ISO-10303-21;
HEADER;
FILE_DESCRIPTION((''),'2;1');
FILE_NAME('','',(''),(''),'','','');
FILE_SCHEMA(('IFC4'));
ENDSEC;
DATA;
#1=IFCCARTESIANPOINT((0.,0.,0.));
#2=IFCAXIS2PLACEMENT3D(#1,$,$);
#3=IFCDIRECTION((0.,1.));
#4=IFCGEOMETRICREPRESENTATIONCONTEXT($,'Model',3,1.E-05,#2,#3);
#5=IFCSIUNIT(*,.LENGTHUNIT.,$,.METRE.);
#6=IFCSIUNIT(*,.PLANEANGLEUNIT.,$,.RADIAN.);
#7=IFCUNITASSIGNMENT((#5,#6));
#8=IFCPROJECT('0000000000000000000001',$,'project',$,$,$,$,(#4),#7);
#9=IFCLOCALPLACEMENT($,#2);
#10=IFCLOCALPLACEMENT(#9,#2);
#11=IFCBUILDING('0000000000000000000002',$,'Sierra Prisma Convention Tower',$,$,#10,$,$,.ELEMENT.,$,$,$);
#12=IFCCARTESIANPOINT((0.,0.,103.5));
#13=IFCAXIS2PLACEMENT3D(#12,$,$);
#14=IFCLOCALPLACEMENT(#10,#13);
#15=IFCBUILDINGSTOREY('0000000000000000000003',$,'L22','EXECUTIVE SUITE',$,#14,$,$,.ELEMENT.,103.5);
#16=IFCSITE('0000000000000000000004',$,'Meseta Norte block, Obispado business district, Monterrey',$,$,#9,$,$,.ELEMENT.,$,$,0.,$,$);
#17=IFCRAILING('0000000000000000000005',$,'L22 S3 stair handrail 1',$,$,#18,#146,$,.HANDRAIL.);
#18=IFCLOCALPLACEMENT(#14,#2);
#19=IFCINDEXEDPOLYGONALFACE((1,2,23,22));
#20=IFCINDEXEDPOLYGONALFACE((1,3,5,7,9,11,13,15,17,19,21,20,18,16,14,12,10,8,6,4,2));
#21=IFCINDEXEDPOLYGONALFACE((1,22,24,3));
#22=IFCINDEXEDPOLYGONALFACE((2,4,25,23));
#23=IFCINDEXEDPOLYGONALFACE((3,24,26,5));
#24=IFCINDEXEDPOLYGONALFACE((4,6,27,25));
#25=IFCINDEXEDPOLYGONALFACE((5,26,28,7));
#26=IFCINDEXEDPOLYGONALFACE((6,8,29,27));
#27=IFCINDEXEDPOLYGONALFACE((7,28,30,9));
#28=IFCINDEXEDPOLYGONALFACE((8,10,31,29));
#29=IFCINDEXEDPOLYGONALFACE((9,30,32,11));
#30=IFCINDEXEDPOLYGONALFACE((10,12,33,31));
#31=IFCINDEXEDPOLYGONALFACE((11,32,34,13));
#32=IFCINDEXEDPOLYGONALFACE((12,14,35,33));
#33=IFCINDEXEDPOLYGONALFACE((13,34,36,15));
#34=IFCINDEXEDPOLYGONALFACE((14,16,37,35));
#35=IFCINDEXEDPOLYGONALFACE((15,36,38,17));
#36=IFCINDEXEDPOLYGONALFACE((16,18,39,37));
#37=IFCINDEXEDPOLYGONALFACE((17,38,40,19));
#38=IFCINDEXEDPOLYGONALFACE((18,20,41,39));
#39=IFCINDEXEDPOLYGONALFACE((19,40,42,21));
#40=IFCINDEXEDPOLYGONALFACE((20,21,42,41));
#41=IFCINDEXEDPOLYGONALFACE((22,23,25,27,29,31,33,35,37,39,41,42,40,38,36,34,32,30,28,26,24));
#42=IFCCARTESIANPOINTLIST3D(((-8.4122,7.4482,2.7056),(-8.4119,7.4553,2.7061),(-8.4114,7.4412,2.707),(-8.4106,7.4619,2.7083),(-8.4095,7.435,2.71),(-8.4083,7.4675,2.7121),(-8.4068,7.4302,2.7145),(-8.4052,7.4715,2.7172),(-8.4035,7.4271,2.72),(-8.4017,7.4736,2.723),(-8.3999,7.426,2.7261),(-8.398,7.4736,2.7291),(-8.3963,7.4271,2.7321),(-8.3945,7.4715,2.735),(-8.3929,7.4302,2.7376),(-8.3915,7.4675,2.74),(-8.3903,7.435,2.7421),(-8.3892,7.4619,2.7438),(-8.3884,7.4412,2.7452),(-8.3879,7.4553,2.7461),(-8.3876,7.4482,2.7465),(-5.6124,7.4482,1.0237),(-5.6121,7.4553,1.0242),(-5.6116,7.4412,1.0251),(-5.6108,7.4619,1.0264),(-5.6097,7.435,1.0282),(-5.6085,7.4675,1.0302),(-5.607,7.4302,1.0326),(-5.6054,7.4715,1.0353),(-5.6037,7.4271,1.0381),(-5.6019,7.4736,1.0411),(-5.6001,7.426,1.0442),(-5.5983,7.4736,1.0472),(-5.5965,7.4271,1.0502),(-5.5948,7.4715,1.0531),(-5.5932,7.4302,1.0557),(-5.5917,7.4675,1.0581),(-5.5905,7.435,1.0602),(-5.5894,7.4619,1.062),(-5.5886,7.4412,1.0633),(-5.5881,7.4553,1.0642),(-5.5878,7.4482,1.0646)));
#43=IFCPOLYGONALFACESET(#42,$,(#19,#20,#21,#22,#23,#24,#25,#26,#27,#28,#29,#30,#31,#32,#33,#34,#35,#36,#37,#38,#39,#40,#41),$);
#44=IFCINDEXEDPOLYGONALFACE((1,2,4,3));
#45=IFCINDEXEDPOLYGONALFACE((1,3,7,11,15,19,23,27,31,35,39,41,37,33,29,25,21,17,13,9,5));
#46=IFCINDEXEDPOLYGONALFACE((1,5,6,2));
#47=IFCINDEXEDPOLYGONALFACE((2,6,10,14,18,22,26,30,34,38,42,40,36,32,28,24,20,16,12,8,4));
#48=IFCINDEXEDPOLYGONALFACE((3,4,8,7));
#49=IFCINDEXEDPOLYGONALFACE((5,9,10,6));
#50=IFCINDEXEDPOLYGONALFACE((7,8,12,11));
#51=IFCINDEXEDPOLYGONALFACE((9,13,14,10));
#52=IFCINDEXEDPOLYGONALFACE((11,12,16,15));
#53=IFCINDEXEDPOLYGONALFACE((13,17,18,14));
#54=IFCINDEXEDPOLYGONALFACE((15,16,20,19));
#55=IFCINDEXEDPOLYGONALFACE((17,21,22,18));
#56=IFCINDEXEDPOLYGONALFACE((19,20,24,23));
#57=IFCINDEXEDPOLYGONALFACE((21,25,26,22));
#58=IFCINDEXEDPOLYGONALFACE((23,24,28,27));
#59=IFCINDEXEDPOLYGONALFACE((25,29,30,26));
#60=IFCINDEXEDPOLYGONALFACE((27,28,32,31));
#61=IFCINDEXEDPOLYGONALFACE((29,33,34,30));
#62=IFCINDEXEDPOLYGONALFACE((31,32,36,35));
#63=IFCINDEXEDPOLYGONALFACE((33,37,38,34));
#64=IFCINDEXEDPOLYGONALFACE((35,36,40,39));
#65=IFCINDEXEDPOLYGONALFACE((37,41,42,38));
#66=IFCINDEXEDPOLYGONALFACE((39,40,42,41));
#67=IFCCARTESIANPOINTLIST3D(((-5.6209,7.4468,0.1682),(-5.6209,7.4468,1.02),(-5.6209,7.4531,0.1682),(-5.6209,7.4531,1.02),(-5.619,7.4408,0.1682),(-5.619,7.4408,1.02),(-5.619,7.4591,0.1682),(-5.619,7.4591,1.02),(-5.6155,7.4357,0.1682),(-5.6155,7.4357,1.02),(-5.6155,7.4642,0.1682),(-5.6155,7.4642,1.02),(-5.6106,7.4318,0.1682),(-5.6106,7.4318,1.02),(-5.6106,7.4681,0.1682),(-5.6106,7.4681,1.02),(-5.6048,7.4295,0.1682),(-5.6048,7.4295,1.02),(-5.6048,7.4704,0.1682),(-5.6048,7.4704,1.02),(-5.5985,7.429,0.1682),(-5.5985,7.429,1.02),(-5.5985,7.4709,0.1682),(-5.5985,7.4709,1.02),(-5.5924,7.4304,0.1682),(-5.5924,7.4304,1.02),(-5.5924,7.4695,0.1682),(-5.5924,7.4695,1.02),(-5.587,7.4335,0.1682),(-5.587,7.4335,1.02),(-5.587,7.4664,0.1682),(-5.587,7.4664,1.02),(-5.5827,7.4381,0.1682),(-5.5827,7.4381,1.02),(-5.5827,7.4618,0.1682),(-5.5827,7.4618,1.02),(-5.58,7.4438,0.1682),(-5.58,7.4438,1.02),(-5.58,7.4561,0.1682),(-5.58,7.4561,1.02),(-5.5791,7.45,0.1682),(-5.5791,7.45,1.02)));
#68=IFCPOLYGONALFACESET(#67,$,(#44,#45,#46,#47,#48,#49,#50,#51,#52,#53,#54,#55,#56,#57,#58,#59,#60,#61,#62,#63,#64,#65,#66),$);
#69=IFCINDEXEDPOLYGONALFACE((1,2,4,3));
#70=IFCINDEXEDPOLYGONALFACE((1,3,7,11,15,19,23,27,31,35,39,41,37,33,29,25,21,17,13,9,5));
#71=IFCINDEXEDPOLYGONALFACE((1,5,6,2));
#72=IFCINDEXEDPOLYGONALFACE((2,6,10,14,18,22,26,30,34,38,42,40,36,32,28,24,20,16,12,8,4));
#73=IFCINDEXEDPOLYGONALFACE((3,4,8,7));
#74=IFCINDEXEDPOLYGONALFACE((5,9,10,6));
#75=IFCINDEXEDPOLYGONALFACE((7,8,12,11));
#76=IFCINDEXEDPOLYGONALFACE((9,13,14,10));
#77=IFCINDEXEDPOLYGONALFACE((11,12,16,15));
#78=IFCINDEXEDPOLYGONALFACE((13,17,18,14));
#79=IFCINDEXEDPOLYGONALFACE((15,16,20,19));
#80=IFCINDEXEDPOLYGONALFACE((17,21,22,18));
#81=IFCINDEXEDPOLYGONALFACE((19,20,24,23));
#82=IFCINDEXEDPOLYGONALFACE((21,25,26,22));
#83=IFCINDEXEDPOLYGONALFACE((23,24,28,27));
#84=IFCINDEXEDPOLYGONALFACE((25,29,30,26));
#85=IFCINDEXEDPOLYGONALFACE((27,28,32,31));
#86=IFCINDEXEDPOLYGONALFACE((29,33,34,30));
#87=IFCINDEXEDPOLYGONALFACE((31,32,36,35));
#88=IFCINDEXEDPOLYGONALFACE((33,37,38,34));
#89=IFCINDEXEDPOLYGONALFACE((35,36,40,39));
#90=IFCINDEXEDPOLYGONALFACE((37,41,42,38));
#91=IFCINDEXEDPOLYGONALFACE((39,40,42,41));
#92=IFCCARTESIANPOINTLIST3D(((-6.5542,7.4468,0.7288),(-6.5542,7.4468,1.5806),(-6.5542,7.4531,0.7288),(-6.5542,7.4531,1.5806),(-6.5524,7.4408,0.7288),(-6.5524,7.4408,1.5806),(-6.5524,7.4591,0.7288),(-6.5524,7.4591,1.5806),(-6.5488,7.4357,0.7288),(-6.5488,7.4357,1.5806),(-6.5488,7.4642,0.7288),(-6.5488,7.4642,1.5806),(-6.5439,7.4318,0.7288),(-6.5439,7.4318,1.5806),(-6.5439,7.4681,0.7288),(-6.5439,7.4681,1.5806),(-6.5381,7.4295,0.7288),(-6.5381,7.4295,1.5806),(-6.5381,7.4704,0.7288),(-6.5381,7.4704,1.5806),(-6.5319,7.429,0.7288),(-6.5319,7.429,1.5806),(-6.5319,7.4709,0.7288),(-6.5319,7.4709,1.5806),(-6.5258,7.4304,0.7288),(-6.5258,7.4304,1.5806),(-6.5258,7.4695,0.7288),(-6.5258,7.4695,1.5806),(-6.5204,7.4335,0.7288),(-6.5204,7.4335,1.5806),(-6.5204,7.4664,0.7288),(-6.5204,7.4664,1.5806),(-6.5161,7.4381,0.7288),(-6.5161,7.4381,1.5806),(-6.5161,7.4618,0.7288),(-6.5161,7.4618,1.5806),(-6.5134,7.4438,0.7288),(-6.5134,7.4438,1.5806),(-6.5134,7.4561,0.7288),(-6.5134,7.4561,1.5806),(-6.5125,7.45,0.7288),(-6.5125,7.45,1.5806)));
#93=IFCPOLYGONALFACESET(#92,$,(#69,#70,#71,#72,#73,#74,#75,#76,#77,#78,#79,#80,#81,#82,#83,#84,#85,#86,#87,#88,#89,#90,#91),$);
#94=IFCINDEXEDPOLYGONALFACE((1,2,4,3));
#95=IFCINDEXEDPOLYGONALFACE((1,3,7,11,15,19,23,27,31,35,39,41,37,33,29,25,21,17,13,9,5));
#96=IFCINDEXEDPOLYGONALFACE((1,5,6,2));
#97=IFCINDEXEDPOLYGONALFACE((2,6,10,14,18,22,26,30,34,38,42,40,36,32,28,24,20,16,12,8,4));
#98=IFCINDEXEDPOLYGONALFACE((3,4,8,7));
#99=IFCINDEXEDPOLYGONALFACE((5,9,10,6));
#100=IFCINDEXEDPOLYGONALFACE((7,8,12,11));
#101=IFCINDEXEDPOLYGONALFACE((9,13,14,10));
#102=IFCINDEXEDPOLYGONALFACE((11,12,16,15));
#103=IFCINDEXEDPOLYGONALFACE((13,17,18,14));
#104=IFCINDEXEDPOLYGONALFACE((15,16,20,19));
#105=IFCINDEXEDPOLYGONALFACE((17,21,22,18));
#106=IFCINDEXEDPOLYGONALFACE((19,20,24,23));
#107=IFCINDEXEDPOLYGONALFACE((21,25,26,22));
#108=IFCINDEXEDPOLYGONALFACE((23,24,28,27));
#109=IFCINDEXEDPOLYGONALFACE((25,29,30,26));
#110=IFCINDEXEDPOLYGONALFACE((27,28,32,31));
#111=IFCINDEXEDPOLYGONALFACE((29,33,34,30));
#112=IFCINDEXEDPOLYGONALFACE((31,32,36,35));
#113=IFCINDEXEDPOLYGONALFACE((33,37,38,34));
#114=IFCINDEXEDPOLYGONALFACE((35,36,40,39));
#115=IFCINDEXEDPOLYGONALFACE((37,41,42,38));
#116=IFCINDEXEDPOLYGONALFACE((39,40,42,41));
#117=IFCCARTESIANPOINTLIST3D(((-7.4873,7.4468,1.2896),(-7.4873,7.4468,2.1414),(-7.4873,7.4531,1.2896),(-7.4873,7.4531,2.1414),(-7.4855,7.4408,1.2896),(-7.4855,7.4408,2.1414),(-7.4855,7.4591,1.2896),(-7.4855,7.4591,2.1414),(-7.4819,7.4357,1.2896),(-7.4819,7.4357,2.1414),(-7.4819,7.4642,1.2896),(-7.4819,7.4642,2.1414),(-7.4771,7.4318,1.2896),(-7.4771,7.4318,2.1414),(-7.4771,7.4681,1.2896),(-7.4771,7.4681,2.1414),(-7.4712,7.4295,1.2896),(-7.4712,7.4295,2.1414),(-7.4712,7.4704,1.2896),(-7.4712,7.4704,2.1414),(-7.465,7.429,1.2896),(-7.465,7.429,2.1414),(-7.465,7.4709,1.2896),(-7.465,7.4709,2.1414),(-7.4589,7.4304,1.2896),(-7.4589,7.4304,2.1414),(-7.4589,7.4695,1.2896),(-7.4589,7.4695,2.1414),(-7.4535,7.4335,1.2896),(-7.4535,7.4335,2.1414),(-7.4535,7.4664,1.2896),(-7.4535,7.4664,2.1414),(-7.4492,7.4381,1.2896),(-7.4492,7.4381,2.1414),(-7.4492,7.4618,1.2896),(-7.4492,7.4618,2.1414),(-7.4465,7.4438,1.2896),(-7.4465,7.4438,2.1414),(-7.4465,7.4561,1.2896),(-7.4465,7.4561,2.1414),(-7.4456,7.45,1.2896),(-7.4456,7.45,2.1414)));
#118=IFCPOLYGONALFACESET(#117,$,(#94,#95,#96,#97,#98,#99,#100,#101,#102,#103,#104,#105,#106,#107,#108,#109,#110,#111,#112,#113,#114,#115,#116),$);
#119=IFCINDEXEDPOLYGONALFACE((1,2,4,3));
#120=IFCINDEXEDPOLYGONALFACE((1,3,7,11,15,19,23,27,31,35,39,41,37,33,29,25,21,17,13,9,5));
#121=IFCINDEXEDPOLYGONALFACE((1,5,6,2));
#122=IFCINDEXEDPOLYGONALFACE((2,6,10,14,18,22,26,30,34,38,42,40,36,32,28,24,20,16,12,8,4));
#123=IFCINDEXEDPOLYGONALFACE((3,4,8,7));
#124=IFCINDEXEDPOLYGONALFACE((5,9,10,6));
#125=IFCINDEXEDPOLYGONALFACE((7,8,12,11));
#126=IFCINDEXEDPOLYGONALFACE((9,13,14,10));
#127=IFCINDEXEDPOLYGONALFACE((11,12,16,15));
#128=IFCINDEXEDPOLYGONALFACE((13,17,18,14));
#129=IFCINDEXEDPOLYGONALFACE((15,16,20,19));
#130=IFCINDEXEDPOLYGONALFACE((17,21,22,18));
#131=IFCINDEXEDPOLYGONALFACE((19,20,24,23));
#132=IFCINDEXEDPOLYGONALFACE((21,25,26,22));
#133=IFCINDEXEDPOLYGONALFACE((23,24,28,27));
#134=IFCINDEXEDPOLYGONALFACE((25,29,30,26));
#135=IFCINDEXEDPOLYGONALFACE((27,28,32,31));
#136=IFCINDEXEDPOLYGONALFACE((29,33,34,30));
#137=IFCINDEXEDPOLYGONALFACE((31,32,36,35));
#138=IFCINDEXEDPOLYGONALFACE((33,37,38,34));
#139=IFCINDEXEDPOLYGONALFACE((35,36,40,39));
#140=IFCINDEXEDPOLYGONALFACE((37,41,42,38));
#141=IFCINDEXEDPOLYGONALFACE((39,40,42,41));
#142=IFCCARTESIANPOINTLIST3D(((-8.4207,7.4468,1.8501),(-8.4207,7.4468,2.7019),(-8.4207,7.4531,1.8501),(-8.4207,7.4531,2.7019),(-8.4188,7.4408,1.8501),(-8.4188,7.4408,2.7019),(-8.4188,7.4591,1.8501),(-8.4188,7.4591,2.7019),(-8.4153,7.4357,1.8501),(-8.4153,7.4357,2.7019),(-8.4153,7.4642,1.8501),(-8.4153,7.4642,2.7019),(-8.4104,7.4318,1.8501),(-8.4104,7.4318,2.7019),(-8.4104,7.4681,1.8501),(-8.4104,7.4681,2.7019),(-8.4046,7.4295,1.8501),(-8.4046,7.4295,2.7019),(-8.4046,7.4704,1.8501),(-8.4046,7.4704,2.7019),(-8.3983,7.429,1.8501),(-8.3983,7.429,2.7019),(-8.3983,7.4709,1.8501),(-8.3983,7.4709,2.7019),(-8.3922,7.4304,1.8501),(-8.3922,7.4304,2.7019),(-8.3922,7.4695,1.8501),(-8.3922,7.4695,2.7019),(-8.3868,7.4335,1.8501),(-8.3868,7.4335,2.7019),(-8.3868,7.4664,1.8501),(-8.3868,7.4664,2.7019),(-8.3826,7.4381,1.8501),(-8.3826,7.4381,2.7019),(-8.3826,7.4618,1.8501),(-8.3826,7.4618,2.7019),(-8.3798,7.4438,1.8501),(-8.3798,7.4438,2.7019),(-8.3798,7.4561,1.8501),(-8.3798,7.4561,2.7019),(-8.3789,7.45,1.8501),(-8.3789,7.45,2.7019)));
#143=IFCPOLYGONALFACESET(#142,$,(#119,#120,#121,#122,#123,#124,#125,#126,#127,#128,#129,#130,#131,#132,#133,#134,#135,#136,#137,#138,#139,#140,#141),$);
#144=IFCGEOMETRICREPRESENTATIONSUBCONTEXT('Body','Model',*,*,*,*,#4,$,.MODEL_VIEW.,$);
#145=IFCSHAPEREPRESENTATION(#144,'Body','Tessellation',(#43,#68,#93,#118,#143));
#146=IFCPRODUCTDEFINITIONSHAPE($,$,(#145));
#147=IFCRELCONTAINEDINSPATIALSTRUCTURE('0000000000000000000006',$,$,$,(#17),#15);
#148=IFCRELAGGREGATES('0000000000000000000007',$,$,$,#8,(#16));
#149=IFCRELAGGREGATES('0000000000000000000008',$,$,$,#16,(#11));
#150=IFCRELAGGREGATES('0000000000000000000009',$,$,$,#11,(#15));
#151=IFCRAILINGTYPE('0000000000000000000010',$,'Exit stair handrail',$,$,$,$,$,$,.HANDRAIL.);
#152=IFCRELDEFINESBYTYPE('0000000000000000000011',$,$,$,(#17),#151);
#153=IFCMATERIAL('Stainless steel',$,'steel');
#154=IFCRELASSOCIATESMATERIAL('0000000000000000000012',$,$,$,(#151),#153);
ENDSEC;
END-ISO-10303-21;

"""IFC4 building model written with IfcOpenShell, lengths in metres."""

from ifc_helpers import new_model, si_unit, direction, frame, origin, origin_2d, place, context, subcontext, project, spatial, circle, extrude, material, type_object, element, save


model = new_model("IFC4")

# Units and contexts
model_context = context("Model", 3, precision=1e-05, world=origin(), true_north=direction((0.0, 1.0)))
body_context = subcontext(model_context, "Body", "Model", "MODEL_VIEW")
ifc_project = project(units=[si_unit("LENGTHUNIT", "METRE"), si_unit("PLANEANGLEUNIT", "RADIAN")], contexts=[model_context])

# Site, building, storey
site_placement = place(None, origin())
site = spatial("IfcSite", under=ifc_project, at=site_placement, Name="Meseta Norte block, Obispado business district, Monterrey", CompositionType="ELEMENT", RefElevation=0.0)
building_placement = place(site_placement, origin())
building = spatial("IfcBuilding", under=site, at=building_placement, Name="Sierra Prisma Convention Tower", CompositionType="ELEMENT")
storey_placement = place(building_placement, frame((0.0, 0.0, 103.5)))
storey = spatial("IfcBuildingStorey", under=building, at=storey_placement, Name="L22", Description="EXECUTIVE SUITE", CompositionType="ELEMENT", Elevation=103.5)

# Railing
ifc_material_1 = material(Name="Stainless steel", Category="steel")
railing_type_1 = type_object("IfcRailingType", Name="Exit stair handrail", PredefinedType="HANDRAIL", material=ifc_material_1)
railing_1_placement = place(storey_placement, frame((-5.6001, 7.45, 0.1682)))
element("IfcRailing", 1, at=railing_1_placement, inside=storey, type_object=railing_type_1, Name="L22 S3 stair handrail 1", PredefinedType="HANDRAIL", context=body_context, shape_type="SweptSolid", body=[
    extrude(circle(Radius=0.0239, at=origin_2d()), frame((0.0, 0.0, 0.876), z_axis=(-0.857222, 0.0, 0.514946), x_axis=(0.0, -1.0, 0.0)), (0.0, 0.0, 1.0), 3.2661),
    extrude(circle(Radius=0.021, at=origin_2d()), origin(), (0.0, 0.0, 1.0), 0.8518),
    extrude(circle(Radius=0.021, at=origin_2d()), frame((-0.9333, 0.0, 0.5605)), (0.0, 0.0, 1.0), 0.8518),
    extrude(circle(Radius=0.021, at=origin_2d()), frame((-1.8665, 0.0, 1.1213)), (0.0, 0.0, 1.0), 0.8518),
    extrude(circle(Radius=0.021, at=origin_2d()), frame((-2.7998, 0.0, 1.6819)), (0.0, 0.0, 1.0), 0.8518),
])

save(model, "model.ifc")
